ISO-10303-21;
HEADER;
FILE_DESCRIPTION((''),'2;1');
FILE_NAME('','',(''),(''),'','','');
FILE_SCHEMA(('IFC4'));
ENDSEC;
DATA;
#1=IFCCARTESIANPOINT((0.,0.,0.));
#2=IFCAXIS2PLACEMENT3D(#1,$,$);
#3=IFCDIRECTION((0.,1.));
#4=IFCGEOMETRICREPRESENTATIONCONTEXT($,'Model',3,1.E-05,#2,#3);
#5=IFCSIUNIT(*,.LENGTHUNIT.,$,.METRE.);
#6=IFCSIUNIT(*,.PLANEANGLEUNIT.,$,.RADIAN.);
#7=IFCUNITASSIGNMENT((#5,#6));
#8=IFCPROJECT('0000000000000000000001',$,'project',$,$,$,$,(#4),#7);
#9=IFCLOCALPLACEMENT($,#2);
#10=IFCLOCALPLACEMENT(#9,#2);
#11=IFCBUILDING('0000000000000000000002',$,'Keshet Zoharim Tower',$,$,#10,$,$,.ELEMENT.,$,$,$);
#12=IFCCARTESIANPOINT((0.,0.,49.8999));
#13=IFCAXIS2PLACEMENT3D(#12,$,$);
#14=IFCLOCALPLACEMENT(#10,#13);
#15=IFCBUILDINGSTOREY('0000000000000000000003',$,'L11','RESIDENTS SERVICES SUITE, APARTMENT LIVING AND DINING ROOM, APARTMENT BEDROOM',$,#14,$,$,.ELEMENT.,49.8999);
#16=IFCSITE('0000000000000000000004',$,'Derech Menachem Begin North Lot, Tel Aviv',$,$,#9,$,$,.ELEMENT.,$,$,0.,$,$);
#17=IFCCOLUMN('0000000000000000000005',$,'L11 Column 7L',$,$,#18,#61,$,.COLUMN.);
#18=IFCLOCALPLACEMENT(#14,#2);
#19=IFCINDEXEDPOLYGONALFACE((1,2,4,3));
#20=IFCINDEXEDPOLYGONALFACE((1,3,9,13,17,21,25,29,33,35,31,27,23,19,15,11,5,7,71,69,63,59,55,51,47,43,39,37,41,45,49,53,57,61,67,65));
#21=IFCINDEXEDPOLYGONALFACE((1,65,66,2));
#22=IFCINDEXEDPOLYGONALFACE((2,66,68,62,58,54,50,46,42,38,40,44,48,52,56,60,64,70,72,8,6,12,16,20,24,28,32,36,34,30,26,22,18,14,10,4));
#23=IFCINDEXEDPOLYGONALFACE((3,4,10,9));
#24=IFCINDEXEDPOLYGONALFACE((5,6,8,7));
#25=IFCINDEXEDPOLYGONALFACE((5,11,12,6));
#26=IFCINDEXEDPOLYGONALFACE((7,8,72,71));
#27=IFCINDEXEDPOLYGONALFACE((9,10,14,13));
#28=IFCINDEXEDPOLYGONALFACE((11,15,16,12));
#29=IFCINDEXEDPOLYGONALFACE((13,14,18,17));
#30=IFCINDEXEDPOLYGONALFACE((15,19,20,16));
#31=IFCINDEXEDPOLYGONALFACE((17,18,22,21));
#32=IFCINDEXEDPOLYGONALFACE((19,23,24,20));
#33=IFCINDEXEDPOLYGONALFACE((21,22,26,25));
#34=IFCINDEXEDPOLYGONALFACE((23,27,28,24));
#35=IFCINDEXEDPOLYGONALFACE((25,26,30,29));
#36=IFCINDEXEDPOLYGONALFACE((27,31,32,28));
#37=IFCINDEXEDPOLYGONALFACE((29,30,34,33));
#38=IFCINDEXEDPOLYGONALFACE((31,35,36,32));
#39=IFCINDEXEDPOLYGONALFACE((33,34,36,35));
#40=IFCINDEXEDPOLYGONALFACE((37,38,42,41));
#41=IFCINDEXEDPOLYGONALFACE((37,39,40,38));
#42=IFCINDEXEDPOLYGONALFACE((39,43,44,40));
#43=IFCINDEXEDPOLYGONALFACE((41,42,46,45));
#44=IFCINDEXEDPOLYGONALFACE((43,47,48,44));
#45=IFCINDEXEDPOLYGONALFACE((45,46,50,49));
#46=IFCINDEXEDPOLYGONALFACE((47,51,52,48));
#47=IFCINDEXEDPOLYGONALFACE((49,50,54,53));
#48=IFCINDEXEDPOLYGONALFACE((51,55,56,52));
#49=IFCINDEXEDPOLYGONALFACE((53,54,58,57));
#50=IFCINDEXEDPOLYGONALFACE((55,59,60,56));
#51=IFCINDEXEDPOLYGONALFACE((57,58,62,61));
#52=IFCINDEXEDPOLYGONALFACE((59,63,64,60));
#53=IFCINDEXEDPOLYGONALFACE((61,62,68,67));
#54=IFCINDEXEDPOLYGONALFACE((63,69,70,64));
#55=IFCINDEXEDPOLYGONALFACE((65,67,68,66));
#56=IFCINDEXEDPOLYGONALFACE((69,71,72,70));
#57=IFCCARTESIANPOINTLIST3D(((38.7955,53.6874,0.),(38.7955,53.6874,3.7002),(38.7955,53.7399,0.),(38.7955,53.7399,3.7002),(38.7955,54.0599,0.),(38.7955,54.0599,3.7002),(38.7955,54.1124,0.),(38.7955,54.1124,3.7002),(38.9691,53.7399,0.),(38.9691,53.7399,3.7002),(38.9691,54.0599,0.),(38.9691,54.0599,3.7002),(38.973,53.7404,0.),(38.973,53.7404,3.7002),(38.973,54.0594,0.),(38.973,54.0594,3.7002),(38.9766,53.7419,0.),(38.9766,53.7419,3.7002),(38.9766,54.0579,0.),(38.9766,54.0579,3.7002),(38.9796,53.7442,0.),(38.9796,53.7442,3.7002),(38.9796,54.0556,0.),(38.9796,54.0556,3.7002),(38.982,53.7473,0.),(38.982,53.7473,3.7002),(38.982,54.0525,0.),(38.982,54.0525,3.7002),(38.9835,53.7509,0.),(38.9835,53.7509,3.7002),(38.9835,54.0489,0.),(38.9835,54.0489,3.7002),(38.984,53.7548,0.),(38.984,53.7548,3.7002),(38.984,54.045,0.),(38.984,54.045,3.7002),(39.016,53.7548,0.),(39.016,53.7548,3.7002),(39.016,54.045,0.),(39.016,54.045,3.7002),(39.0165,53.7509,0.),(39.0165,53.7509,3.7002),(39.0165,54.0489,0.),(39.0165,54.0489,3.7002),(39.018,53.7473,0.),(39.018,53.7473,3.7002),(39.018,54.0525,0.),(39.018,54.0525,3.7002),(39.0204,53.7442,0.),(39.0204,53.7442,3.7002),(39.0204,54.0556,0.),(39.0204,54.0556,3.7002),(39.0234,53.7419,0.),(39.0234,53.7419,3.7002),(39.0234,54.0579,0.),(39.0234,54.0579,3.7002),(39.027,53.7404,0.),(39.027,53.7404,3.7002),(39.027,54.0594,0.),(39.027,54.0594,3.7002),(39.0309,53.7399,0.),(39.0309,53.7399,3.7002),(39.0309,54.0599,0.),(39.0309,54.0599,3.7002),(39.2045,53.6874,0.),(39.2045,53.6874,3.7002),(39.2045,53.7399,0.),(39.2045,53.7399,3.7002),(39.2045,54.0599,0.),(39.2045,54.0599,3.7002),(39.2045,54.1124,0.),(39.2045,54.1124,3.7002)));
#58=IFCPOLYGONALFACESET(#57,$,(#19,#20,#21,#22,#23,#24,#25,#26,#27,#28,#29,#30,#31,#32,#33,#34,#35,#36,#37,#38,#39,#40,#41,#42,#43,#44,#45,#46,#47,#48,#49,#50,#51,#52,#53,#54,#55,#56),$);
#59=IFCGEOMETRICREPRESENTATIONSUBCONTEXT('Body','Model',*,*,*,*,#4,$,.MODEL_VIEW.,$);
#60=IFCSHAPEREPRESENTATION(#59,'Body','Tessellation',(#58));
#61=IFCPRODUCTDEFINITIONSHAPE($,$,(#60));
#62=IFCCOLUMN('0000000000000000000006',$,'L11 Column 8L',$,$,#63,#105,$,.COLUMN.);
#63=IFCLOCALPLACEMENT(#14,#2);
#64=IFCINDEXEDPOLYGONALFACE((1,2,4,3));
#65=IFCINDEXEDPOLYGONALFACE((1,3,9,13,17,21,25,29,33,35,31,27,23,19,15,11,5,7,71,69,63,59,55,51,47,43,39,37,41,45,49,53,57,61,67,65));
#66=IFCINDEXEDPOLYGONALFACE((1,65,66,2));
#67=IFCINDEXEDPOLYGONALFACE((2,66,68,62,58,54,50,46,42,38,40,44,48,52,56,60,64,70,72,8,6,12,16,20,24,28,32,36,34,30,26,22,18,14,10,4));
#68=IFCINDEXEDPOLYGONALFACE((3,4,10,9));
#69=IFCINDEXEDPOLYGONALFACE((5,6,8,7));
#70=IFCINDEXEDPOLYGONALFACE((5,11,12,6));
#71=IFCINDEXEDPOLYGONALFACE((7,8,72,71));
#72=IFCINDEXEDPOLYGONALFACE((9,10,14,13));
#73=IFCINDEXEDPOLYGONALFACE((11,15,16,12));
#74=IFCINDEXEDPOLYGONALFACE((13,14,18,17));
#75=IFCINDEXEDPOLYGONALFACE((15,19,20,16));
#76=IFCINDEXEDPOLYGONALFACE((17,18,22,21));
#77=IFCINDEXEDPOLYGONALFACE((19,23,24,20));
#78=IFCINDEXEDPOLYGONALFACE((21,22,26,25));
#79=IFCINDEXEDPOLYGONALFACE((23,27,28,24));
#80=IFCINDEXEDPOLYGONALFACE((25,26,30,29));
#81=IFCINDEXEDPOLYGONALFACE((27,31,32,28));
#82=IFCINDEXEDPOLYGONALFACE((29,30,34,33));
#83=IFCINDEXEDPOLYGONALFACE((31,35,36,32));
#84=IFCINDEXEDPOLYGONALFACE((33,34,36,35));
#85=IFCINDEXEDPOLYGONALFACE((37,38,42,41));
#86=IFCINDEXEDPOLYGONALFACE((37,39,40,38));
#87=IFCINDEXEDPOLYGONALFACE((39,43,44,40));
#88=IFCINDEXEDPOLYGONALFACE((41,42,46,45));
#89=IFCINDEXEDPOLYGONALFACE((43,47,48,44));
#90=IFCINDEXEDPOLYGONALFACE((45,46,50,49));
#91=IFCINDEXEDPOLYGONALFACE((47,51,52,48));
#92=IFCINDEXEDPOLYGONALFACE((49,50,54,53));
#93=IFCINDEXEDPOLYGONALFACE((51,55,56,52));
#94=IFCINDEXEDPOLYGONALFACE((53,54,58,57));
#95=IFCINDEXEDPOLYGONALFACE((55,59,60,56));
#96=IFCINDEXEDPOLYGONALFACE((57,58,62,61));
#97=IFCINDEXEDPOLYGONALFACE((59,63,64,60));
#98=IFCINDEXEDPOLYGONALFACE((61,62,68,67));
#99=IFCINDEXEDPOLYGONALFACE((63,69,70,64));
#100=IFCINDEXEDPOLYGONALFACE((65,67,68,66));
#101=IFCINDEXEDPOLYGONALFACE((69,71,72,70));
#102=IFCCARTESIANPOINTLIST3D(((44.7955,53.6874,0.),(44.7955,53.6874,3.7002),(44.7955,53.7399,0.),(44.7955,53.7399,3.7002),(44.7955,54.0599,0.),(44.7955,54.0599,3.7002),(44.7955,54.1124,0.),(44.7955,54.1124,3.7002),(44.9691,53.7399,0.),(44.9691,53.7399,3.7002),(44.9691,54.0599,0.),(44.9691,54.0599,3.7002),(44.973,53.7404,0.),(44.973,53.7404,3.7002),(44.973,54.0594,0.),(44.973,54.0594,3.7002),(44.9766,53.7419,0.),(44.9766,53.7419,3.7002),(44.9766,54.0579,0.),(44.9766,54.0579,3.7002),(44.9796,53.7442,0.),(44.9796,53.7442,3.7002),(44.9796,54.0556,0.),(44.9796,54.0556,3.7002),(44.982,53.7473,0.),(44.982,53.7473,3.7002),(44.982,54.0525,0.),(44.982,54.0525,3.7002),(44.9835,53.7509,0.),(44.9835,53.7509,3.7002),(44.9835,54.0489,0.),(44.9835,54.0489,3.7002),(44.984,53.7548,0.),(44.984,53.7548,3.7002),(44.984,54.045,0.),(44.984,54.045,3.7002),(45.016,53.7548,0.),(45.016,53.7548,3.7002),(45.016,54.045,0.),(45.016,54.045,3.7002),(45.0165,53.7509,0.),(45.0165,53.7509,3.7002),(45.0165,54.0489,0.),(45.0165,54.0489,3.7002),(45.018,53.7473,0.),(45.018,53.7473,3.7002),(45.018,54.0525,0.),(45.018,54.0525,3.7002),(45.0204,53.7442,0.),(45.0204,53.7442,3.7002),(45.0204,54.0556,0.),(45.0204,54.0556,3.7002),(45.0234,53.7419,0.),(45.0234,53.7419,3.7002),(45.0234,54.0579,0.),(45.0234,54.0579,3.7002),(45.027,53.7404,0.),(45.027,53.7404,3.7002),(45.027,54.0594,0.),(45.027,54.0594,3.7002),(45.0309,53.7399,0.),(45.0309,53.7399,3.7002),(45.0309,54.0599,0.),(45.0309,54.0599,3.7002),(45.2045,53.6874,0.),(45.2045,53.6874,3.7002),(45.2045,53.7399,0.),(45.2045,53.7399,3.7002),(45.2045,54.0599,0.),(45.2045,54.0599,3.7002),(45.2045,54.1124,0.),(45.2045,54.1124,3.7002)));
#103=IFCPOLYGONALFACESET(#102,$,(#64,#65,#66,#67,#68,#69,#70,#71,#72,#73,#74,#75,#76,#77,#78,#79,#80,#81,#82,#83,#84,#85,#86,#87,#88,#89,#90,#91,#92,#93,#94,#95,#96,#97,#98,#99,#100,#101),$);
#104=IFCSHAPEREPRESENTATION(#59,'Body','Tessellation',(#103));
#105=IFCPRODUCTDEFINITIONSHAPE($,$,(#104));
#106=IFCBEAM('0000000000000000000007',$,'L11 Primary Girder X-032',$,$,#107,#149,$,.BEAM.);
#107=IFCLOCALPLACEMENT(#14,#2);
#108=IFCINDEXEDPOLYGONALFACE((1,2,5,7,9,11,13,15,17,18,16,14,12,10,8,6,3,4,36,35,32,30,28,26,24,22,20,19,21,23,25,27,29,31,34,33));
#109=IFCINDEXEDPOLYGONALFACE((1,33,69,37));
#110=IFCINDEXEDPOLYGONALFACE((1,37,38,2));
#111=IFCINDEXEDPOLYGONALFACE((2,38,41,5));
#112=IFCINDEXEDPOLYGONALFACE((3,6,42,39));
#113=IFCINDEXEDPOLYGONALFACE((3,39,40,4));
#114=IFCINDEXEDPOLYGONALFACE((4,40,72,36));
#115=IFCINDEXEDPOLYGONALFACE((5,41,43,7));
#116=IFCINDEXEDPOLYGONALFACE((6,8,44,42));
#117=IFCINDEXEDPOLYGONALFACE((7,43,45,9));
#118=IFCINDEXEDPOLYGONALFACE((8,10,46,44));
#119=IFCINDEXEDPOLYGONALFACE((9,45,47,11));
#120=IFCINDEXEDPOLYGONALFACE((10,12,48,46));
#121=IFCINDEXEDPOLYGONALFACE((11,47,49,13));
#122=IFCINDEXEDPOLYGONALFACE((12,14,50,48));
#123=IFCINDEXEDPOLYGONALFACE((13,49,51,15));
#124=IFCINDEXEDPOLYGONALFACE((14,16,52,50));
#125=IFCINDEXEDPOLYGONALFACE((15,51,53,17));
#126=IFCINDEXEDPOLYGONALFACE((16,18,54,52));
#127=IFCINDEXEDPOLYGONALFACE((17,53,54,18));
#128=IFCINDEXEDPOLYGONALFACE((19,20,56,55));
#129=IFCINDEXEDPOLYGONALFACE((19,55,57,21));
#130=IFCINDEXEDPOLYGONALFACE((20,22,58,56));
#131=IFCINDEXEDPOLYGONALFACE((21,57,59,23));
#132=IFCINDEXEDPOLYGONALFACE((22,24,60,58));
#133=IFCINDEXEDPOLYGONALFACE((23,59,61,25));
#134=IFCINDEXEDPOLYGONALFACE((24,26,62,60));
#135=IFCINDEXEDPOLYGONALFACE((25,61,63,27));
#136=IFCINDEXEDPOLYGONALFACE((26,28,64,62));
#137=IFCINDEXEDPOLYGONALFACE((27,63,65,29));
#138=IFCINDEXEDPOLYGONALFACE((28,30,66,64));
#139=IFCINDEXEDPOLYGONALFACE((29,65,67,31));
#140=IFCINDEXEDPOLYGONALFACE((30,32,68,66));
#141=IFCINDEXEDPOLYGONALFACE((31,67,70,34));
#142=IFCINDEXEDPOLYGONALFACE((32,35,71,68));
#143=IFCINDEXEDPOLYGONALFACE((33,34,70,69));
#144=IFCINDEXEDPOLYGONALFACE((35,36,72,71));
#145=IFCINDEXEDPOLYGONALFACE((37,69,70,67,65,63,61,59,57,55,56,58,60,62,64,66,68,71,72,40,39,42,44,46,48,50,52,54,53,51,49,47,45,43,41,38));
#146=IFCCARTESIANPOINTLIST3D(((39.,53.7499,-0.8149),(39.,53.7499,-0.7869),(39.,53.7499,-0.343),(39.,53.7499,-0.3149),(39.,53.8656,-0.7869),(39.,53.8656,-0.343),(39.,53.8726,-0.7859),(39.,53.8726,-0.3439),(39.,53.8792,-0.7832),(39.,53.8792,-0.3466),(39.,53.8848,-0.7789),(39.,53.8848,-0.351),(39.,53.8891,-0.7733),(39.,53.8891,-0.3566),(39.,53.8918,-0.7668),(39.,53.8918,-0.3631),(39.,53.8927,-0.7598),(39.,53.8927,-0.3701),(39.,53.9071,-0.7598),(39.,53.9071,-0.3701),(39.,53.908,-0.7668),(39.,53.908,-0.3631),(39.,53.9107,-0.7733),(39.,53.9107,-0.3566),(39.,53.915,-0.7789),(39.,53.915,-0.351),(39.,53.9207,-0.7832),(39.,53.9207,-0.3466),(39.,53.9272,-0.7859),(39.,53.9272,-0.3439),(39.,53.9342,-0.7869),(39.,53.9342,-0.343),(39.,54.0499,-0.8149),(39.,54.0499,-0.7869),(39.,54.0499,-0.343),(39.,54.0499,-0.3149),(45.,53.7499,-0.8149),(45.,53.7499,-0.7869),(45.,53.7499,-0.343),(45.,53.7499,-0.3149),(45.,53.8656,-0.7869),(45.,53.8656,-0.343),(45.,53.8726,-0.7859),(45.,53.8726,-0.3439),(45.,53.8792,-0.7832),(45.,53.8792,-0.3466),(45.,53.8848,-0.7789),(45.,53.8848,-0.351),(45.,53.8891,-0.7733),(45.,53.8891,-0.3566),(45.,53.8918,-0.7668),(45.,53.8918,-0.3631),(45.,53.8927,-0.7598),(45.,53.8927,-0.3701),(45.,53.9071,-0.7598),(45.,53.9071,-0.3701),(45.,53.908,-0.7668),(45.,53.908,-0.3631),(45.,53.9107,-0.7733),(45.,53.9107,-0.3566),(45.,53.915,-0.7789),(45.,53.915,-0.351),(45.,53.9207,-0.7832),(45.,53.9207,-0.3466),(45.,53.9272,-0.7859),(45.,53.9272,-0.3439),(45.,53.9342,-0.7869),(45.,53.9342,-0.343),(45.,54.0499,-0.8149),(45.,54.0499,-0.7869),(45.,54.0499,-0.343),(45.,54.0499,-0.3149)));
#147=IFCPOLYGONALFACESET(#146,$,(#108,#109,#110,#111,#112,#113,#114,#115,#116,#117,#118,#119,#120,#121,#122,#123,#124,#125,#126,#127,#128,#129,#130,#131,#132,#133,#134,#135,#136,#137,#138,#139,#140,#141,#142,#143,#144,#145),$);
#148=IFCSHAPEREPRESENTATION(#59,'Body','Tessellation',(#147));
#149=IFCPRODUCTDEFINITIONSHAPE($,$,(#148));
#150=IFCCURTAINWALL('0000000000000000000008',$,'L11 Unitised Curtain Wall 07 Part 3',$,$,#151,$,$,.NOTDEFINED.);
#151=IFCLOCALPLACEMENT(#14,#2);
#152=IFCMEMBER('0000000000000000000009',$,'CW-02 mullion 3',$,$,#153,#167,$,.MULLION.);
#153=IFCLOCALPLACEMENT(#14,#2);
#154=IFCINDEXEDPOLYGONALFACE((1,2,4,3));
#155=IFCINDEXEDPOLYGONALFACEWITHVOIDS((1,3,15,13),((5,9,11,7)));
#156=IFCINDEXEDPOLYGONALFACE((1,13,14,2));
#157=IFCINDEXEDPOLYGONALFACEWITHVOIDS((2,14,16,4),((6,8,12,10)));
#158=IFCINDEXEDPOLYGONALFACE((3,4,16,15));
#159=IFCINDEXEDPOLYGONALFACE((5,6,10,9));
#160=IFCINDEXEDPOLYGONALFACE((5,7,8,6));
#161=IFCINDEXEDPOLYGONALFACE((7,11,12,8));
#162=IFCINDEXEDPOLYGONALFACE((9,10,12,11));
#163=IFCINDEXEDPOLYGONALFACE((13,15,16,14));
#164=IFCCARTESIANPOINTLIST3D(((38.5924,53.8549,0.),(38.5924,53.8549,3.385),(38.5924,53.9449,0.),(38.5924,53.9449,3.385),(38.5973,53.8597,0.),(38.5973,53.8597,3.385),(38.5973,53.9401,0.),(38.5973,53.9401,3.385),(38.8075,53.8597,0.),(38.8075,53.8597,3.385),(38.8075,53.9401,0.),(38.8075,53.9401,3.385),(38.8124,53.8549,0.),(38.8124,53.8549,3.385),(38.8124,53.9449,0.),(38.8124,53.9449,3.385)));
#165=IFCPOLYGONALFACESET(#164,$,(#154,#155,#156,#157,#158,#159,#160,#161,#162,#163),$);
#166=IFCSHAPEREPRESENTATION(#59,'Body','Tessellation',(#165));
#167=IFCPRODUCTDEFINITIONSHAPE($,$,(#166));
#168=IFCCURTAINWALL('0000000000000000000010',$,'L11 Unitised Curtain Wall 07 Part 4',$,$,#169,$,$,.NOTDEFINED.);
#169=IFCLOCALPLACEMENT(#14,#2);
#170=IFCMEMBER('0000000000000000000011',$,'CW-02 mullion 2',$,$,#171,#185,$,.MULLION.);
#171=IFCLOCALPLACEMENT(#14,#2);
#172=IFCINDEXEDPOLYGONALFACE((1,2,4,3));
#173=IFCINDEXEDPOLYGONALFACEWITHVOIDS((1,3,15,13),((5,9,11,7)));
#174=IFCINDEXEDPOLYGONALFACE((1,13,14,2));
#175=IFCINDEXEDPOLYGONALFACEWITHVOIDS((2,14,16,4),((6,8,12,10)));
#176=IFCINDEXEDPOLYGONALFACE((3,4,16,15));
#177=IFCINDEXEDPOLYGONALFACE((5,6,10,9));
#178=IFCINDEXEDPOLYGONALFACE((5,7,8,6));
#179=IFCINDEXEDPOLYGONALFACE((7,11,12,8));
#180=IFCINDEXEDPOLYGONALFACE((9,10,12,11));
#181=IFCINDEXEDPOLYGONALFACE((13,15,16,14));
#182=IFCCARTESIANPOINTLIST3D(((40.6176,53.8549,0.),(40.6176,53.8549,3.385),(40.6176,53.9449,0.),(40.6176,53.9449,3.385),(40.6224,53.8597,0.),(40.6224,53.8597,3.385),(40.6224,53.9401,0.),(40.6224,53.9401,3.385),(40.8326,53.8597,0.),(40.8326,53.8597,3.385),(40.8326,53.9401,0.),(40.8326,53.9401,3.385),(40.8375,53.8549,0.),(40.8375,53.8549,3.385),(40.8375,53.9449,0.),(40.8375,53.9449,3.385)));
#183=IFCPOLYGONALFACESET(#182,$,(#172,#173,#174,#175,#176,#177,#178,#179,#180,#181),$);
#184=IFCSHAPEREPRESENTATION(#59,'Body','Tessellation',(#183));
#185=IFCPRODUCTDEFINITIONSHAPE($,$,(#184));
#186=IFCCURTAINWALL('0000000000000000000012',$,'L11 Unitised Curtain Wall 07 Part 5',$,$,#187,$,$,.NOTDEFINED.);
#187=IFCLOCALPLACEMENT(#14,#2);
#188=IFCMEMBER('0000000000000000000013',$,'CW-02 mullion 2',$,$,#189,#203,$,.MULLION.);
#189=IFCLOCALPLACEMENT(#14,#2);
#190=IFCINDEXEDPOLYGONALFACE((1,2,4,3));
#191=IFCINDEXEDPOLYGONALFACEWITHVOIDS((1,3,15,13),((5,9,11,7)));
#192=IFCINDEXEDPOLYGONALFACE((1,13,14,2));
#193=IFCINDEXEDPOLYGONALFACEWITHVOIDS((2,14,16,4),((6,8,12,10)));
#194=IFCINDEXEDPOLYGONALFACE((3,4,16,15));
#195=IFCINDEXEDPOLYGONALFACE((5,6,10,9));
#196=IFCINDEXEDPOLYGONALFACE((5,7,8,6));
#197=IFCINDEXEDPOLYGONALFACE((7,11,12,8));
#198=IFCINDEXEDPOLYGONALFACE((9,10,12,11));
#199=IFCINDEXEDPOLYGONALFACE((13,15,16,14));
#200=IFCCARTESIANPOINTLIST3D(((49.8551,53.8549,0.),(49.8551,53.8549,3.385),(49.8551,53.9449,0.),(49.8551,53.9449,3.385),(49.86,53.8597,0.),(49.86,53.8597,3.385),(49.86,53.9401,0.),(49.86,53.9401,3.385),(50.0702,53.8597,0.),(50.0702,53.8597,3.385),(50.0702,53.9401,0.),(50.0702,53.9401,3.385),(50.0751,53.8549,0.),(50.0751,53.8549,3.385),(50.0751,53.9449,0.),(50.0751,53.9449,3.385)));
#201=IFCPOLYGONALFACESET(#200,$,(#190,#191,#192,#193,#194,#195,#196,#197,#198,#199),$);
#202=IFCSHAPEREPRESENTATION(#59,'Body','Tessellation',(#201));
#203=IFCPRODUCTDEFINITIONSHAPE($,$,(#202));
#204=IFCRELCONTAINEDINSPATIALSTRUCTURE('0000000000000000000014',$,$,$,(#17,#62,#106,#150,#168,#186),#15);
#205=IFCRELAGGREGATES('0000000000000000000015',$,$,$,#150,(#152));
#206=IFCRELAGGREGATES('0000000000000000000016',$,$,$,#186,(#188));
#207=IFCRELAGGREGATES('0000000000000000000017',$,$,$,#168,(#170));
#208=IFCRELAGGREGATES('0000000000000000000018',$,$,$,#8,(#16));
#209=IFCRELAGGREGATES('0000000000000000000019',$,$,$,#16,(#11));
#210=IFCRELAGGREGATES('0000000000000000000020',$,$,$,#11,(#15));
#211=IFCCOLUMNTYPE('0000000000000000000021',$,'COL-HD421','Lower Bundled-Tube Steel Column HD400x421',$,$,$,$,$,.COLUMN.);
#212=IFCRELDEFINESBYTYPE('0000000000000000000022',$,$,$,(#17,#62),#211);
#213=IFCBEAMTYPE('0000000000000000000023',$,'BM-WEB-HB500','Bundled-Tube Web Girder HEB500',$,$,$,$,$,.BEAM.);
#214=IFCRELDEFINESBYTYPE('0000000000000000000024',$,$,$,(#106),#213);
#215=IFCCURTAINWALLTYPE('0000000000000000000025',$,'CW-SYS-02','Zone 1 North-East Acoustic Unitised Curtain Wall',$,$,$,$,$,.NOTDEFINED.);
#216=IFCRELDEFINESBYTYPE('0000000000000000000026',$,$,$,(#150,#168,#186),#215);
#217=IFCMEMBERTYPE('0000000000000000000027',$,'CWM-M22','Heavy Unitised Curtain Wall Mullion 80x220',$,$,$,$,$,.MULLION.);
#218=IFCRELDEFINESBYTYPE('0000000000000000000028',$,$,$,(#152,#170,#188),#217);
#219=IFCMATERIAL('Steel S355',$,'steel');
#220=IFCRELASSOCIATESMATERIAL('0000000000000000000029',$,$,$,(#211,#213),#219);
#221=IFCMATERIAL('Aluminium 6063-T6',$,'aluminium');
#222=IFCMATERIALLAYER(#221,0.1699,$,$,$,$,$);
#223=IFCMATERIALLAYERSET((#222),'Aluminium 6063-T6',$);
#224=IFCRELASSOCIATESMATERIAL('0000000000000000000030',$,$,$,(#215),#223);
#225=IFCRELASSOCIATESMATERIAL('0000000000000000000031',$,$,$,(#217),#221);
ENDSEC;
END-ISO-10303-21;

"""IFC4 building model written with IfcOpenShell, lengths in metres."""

from ifc_helpers import new_model, si_unit, direction, frame, origin, origin_2d, place, context, subcontext, project, spatial, hollow_rectangle, i_section, extrude, material, layer, layer_set, material_profile, profile_set, type_object, element, aggregate, save


model = new_model("IFC4")

# Units and contexts
model_context = context("Model", 3, precision=1e-05, world=origin(), true_north=direction((0.0, 1.0)))
body_context = subcontext(model_context, "Body", "Model", "MODEL_VIEW")
ifc_project = project(units=[si_unit("LENGTHUNIT", "METRE"), si_unit("PLANEANGLEUNIT", "RADIAN")], contexts=[model_context])

# Site, building, storey
site_placement = place(None, origin())
site = spatial("IfcSite", under=ifc_project, at=site_placement, Name="Derech Menachem Begin North Lot, Tel Aviv", CompositionType="ELEMENT", RefElevation=0.0)
building_placement = place(site_placement, origin())
building = spatial("IfcBuilding", under=site, at=building_placement, Name="Keshet Zoharim Tower", CompositionType="ELEMENT")
storey_placement = place(building_placement, frame((0.0, 0.0, 49.8999)))
storey = spatial("IfcBuildingStorey", under=building, at=storey_placement, Name="L11", Description="RESIDENTS SERVICES SUITE, APARTMENT LIVING AND DINING ROOM, APARTMENT BEDROOM", CompositionType="ELEMENT", Elevation=49.8999)

# Columns
ifc_material_1 = material(Name="Steel S355", Category="steel")
ifc_material_profile_1 = material_profile(ifc_material_1, i_section(OverallWidth=0.4089, OverallDepth=0.425, WebThickness=0.032, FlangeThickness=0.0525, FilletRadius=0.0149, at=origin_2d()), Name="HD400x421")
ifc_profile_set_1 = profile_set([ifc_material_profile_1], Name="Steel S355")
column_type = type_object("IfcColumnType", Name="COL-HD421", Description="Lower Bundled-Tube Steel Column HD400x421", PredefinedType="COLUMN", material=ifc_profile_set_1)
for number, where, z_axis, x_axis, name in (
    (1, (39.0, 53.8999, 0.0), (0.0, 0.0, 1.0), (1.0, 0.0, 0.0), "L11 Column 7L"),
    (2, (45.0, 53.8999, 0.0), (0.0, 0.0, 1.0), (1.0, 0.0, 0.0), "L11 Column 8L"),
):
    element("IfcColumn", number, at=place(storey_placement, frame(where, z_axis=z_axis, x_axis=x_axis)), inside=storey, type_object=column_type, Name=name, PredefinedType="COLUMN", context=body_context, shape_type="SweptSolid", body=[
        extrude(i_section(OverallWidth=0.4089, OverallDepth=0.425, WebThickness=0.032, FlangeThickness=0.0525, FilletRadius=0.0149, at=origin_2d()), origin(), (0.0, 0.0, 1.0), 3.7002),
    ])

# Beam
ifc_material_profile_2 = material_profile(ifc_material_1, i_section(OverallWidth=0.3, OverallDepth=0.5, WebThickness=0.0144, FlangeThickness=0.0281, FilletRadius=0.0271, at=origin_2d()), Name="HEB500")
ifc_profile_set_2 = profile_set([ifc_material_profile_2], Name="Steel S355")
beam_type = type_object("IfcBeamType", Name="BM-WEB-HB500", Description="Bundled-Tube Web Girder HEB500", PredefinedType="BEAM", material=ifc_profile_set_2)
beam_placement = place(storey_placement, frame((39.0, 53.8999, -0.5649), z_axis=(1.0, 0.0, 0.0), x_axis=(0.0, 1.0, 0.0)))
element("IfcBeam", 3, at=beam_placement, inside=storey, type_object=beam_type, Name="L11 Primary Girder X-032", PredefinedType="BEAM", context=body_context, shape_type="SweptSolid", body=[
    extrude(i_section(OverallWidth=0.3, OverallDepth=0.5, WebThickness=0.0144, FlangeThickness=0.0281, FilletRadius=0.0271, at=origin_2d()), origin(), (0.0, 0.0, 1.0), 6.0),
])

# Curtain walls, members
ifc_material_2 = material(Name="Aluminium 6063-T6", Category="aluminium")
ifc_layer_1 = layer(ifc_material_2, 0.1699)
ifc_layer_set_1 = layer_set([ifc_layer_1], Name="Aluminium 6063-T6")
curtain_wall_type = type_object("IfcCurtainWallType", Name="CW-SYS-02", Description="Zone 1 North-East Acoustic Unitised Curtain Wall", PredefinedType="NOTDEFINED", material=ifc_layer_set_1)
curtain_wall_1_placement = place(storey_placement, origin())
curtain_wall_1 = element("IfcCurtainWall", 4, at=curtain_wall_1_placement, inside=storey, type_object=curtain_wall_type, Name="L11 Unitised Curtain Wall 07 Part 3", PredefinedType="NOTDEFINED")
ifc_material_profile_3 = material_profile(ifc_material_2, hollow_rectangle(XDim=0.0901, YDim=0.22, WallThickness=0.0049, at=origin_2d()), Name="MUL-90x220")
ifc_profile_set_3 = profile_set([ifc_material_profile_3], Name="Aluminium 6063-T6")
member_type_1 = type_object("IfcMemberType", Name="CWM-M22", Description="Heavy Unitised Curtain Wall Mullion 80x220", PredefinedType="MULLION", material=ifc_profile_set_3)
member_1_placement = place(storey_placement, frame((38.7024, 53.8999, 0.0), z_axis=(0.0, 0.0, 1.0), x_axis=(0.0, 1.0, 0.0)))
member_1 = element("IfcMember", 5, at=member_1_placement, type_object=member_type_1, Name="CW-02 mullion 3", PredefinedType="MULLION", context=body_context, shape_type="SweptSolid", body=[
    extrude(hollow_rectangle(XDim=0.0901, YDim=0.22, WallThickness=0.0049, at=origin_2d()), origin(), (0.0, 0.0, 1.0), 3.385),
])
curtain_wall_2_placement = place(storey_placement, origin())
curtain_wall_2 = element("IfcCurtainWall", 6, at=curtain_wall_2_placement, inside=storey, type_object=curtain_wall_type, Name="L11 Unitised Curtain Wall 07 Part 4", PredefinedType="NOTDEFINED")
member_2_placement = place(storey_placement, frame((40.7275, 53.8999, 0.0), z_axis=(0.0, 0.0, 1.0), x_axis=(0.0, 1.0, 0.0)))
member_2 = element("IfcMember", 7, at=member_2_placement, type_object=member_type_1, Name="CW-02 mullion 2", PredefinedType="MULLION", context=body_context, shape_type="SweptSolid", body=[
    extrude(hollow_rectangle(XDim=0.0901, YDim=0.22, WallThickness=0.0049, at=origin_2d()), origin(), (0.0, 0.0, 1.0), 3.385),
])
curtain_wall_3_placement = place(storey_placement, origin())
curtain_wall_3 = element("IfcCurtainWall", 8, at=curtain_wall_3_placement, inside=storey, type_object=curtain_wall_type, Name="L11 Unitised Curtain Wall 07 Part 5", PredefinedType="NOTDEFINED")
member_3_placement = place(storey_placement, frame((49.9651, 53.8999, 0.0), z_axis=(0.0, 0.0, 1.0), x_axis=(0.0, 1.0, 0.0)))
member_3 = element("IfcMember", 9, at=member_3_placement, type_object=member_type_1, Name="CW-02 mullion 2", PredefinedType="MULLION", context=body_context, shape_type="SweptSolid", body=[
    extrude(hollow_rectangle(XDim=0.0901, YDim=0.22, WallThickness=0.0049, at=origin_2d()), origin(), (0.0, 0.0, 1.0), 3.385),
])

aggregate(curtain_wall_1, [member_1])
aggregate(curtain_wall_3, [member_3])
aggregate(curtain_wall_2, [member_2])

save(model, "model.ifc")
